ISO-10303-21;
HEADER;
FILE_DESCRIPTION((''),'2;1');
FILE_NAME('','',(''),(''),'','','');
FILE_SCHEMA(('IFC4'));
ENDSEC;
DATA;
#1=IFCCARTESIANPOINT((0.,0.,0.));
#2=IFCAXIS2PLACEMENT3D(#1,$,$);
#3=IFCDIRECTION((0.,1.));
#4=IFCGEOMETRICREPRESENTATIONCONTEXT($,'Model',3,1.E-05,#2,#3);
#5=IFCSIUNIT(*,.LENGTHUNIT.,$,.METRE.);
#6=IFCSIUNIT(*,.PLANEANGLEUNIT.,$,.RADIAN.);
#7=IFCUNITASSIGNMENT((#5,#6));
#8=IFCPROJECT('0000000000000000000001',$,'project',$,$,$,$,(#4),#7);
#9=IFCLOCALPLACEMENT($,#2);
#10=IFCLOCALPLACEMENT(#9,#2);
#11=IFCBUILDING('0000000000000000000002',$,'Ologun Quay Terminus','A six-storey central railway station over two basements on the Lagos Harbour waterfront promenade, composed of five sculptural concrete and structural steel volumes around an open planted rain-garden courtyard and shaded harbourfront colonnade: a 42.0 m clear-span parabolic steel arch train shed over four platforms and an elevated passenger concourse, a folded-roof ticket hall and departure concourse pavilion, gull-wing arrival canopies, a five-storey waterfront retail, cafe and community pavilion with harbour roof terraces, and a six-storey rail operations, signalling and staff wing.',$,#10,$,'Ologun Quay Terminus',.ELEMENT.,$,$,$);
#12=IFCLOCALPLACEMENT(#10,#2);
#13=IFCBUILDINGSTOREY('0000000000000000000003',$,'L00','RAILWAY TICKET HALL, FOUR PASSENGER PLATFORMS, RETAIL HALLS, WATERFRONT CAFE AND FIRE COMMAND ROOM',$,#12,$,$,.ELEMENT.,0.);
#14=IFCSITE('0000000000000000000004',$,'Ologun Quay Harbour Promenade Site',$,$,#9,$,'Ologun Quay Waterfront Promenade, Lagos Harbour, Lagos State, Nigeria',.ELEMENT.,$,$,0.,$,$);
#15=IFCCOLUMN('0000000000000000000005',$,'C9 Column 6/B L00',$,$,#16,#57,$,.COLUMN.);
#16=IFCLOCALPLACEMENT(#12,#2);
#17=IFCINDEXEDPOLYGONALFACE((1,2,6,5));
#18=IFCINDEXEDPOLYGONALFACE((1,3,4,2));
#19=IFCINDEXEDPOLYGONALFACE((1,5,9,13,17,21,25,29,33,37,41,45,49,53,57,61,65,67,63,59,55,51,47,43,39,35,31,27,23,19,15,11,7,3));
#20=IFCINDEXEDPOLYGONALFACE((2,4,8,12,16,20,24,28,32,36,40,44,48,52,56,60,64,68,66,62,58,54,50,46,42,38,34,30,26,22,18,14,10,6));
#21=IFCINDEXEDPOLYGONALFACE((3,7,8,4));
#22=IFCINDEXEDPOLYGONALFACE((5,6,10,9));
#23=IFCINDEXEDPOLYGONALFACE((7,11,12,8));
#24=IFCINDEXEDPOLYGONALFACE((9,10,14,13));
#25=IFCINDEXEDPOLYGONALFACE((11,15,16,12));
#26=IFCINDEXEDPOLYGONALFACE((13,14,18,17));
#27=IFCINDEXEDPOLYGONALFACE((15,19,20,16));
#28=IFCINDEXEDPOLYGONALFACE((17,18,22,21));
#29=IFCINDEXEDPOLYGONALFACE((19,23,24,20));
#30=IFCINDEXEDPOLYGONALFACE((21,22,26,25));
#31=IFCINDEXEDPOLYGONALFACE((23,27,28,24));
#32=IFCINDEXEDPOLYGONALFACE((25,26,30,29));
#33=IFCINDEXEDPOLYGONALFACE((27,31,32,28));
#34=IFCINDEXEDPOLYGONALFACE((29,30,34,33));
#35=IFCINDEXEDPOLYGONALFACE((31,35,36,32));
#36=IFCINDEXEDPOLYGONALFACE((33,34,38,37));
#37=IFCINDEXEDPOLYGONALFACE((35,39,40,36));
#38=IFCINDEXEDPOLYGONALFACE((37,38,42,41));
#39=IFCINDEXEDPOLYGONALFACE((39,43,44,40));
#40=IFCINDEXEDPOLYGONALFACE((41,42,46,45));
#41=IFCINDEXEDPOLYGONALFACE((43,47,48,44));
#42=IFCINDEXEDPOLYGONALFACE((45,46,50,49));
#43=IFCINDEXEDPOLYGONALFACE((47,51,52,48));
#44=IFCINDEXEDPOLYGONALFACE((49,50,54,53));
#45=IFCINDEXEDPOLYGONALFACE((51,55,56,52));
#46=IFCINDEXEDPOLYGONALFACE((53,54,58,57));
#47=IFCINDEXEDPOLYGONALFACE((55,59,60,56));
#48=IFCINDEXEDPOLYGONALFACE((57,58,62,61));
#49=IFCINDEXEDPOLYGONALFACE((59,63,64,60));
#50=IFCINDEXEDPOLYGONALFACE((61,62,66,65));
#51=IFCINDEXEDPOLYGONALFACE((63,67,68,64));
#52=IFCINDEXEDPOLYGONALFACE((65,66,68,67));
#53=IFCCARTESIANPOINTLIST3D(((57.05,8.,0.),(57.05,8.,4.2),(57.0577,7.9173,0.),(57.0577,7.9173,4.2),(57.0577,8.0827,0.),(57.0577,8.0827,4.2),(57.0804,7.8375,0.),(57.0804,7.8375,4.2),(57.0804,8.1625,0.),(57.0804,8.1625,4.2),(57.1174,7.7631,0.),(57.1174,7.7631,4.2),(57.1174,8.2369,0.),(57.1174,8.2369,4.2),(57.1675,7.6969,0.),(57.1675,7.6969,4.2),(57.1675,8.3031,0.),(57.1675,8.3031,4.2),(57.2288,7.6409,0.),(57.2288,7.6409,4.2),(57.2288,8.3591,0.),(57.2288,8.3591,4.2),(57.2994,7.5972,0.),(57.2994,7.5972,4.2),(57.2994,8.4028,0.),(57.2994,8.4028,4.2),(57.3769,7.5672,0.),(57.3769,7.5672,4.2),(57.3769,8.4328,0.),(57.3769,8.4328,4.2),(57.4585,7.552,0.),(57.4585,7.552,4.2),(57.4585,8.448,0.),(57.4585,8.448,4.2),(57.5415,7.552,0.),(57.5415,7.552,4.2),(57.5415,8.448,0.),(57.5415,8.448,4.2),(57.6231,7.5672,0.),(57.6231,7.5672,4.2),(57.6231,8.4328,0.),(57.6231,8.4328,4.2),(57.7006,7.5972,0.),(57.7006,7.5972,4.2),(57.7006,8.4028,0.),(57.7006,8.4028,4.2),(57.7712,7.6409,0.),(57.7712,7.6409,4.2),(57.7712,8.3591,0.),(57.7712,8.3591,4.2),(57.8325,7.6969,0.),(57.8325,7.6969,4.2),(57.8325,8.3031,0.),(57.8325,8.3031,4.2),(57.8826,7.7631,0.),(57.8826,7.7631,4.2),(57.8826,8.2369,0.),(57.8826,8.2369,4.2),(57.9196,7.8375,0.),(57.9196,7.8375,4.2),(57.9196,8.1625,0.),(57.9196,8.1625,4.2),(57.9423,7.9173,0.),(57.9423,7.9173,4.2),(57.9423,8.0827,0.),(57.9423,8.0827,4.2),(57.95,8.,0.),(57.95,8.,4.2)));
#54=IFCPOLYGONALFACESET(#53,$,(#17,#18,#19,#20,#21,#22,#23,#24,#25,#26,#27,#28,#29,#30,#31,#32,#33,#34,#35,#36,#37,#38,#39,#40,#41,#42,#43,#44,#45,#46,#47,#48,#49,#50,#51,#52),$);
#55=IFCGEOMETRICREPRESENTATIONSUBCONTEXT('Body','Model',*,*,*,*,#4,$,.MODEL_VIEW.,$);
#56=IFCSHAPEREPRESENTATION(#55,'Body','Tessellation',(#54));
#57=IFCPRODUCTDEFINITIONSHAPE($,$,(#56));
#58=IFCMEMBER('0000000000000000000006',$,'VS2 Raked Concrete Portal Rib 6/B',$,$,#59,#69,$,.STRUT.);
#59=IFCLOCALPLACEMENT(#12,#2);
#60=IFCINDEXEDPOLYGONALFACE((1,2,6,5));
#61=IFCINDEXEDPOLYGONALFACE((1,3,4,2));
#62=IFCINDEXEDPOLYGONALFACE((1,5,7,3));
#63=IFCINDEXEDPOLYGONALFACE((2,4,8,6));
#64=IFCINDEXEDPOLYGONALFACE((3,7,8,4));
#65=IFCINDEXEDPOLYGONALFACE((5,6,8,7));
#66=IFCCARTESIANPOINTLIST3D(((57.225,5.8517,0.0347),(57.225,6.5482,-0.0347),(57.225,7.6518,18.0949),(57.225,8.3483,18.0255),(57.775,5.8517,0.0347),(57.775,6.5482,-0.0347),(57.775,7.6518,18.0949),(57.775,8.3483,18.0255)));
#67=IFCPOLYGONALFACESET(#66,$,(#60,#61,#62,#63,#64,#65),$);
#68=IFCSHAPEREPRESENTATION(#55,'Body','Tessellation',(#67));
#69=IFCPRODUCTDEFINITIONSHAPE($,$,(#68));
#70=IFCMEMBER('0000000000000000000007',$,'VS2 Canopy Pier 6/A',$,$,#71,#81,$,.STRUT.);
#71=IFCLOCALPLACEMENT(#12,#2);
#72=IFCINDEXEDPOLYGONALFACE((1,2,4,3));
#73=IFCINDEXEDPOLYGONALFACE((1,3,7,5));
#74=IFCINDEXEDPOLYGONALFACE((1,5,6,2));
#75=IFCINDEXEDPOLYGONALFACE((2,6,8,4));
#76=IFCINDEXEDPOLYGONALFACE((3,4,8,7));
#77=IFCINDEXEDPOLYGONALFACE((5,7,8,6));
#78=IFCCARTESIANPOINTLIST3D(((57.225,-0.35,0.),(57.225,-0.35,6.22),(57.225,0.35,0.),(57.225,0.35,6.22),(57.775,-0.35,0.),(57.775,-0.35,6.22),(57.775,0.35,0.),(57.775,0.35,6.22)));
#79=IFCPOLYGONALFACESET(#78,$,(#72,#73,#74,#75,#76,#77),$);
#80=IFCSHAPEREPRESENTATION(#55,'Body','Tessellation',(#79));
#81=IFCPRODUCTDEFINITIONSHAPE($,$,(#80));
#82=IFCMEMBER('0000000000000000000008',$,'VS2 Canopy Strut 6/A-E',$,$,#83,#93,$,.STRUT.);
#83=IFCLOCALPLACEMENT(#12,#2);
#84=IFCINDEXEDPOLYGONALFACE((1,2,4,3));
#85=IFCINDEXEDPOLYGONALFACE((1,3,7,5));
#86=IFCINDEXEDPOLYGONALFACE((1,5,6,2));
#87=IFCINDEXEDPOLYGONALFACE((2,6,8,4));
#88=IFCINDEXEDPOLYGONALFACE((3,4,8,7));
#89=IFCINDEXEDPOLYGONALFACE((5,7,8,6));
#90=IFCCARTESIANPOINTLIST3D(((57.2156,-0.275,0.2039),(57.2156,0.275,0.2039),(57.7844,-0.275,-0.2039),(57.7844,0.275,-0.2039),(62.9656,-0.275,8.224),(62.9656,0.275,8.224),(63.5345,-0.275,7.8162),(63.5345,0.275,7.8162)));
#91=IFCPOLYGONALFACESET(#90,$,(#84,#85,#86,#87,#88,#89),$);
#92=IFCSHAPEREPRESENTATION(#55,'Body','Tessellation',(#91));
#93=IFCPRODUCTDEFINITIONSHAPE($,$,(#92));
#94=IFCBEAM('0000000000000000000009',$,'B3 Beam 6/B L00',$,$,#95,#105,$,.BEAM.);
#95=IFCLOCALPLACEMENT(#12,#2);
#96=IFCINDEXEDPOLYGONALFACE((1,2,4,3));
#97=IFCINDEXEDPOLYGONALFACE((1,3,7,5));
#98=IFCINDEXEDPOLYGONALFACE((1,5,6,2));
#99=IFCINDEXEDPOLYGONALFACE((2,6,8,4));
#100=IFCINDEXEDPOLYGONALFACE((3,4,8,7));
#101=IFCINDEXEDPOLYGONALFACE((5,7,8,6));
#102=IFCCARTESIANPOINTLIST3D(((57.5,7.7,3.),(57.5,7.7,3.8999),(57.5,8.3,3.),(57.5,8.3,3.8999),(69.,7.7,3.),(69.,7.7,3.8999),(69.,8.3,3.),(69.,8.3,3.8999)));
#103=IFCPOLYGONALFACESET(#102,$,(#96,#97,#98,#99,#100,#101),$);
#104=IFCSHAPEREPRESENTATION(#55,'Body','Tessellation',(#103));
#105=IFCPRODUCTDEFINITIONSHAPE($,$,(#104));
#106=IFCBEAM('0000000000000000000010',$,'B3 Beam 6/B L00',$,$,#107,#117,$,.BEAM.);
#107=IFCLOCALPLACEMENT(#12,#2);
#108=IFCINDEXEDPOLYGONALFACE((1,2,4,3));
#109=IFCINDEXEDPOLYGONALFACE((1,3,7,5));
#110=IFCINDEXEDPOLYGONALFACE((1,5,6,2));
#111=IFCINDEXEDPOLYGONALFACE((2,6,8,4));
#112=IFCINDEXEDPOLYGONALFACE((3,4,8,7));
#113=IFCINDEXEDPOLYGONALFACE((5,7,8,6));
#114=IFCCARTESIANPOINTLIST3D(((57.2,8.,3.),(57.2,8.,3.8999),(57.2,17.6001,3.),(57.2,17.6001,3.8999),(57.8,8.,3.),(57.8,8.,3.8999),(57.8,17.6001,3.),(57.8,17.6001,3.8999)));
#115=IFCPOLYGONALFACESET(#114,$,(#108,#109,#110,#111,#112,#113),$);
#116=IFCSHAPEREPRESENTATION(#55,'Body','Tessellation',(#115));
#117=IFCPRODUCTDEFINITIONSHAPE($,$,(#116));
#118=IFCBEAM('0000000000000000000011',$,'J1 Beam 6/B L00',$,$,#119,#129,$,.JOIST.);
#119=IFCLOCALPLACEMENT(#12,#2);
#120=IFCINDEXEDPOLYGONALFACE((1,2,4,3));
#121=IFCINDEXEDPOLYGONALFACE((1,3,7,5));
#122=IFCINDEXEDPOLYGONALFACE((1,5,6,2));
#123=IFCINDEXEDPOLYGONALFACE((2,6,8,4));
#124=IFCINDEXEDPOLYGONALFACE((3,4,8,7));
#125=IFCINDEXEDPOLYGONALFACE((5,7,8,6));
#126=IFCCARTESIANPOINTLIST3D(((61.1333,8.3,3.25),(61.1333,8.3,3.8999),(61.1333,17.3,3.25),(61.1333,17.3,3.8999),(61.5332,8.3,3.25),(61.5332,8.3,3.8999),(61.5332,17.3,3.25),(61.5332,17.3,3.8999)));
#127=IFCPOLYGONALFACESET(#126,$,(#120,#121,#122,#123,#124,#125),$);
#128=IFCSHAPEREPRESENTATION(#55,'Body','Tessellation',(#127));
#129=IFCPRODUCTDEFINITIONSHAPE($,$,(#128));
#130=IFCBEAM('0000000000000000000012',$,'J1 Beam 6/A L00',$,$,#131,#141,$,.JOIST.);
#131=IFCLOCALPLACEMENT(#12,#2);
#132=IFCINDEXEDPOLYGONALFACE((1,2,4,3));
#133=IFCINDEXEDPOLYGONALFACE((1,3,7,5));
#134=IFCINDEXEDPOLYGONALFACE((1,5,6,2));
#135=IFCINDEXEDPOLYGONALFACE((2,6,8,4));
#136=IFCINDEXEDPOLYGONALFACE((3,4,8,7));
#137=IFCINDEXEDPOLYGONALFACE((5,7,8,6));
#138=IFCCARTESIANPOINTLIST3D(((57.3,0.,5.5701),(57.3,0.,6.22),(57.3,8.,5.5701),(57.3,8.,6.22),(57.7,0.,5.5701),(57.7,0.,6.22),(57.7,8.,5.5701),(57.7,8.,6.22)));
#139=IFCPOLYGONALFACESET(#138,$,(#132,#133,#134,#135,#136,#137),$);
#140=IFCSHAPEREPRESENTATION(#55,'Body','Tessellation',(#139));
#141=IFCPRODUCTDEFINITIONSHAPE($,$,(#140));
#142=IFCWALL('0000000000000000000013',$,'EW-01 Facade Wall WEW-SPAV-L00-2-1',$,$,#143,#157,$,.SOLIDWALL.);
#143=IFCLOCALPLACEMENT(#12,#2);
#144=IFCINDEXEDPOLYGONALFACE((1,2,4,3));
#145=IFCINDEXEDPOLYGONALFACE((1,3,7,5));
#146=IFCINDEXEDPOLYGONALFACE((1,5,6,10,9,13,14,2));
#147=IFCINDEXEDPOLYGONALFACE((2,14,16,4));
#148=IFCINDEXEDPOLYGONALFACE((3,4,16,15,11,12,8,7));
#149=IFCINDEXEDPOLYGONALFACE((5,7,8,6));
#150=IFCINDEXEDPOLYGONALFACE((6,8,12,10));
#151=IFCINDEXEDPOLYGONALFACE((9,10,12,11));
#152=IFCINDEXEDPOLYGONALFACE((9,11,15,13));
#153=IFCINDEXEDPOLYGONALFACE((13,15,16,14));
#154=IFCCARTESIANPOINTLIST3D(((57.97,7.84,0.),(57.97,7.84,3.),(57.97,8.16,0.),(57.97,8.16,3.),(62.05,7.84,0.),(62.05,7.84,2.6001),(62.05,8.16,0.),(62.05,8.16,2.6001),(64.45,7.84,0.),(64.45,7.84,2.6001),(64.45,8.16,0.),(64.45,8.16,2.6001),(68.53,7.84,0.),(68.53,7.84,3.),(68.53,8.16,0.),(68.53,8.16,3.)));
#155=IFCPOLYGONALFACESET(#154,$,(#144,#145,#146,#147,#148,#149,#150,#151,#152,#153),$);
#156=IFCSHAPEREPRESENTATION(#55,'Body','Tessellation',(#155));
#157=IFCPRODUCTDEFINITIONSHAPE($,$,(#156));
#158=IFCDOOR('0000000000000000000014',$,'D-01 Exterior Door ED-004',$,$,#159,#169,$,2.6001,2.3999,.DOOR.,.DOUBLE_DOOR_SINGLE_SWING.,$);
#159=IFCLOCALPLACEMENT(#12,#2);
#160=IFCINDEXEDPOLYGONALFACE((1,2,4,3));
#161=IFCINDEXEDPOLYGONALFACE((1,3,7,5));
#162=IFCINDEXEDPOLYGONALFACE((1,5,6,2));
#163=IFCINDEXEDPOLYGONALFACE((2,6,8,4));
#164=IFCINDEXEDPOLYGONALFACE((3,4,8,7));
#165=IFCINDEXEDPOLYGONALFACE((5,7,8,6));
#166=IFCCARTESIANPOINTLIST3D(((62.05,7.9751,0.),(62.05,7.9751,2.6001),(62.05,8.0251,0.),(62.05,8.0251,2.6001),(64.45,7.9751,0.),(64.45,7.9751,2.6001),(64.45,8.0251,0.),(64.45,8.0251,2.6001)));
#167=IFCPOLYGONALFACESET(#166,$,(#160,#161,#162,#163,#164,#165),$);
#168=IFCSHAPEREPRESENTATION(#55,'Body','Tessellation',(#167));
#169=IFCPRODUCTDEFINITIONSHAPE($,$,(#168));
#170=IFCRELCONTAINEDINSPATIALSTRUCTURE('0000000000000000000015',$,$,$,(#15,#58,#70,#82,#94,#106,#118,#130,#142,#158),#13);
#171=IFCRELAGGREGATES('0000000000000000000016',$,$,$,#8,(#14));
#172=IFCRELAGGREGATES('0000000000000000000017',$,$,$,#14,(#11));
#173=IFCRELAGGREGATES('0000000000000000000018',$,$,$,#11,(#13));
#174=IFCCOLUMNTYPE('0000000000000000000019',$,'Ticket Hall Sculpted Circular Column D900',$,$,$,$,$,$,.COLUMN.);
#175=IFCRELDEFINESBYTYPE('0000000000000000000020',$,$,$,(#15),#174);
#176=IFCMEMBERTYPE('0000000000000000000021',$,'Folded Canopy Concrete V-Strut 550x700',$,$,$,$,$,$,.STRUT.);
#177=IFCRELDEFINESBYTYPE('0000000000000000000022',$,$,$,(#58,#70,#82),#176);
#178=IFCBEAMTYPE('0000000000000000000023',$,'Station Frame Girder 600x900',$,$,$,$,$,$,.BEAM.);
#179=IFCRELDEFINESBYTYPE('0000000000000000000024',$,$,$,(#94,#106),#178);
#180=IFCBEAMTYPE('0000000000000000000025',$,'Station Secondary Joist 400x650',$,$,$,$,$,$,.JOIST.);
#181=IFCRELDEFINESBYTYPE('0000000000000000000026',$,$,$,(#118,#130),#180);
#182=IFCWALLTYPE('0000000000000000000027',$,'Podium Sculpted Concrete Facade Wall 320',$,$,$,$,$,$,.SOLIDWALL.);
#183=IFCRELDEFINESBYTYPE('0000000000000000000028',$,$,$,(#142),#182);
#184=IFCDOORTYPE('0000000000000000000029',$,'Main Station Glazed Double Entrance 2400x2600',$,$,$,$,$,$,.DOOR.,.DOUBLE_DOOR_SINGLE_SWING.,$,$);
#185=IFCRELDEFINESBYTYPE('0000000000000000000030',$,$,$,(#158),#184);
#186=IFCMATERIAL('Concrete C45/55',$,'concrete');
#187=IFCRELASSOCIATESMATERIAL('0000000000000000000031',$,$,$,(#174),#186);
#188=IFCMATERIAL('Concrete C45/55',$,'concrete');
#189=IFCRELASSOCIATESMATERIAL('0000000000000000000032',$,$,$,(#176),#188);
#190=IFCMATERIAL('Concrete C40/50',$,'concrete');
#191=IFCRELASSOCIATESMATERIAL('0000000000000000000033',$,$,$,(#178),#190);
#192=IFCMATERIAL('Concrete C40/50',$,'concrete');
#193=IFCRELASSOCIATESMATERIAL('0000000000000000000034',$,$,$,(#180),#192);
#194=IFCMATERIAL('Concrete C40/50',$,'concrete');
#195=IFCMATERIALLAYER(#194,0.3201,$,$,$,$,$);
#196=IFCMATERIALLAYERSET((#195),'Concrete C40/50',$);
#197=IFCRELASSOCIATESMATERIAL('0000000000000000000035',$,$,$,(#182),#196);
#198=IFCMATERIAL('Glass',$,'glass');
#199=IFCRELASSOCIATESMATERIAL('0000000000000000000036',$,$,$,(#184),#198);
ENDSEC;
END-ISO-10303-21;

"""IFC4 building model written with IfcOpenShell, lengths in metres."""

from ifc_helpers import new_model, si_unit, direction, frame, frame_2d, origin, origin_2d, place, context, subcontext, project, spatial, rectangle, circle, extrude, material, layer, layer_set, material_profile, profile_set, type_object, element, fill, save


model = new_model("IFC4")

# Units and contexts
model_context = context("Model", 3, precision=1e-05, world=origin(), true_north=direction((0.0, 1.0)))
body_context = subcontext(model_context, "Body", "Model", "MODEL_VIEW")
ifc_project = project(units=[si_unit("LENGTHUNIT", "METRE"), si_unit("PLANEANGLEUNIT", "RADIAN")], contexts=[model_context])

# Site, building, storey
site_placement = place(None, origin())
site = spatial("IfcSite", under=ifc_project, at=site_placement, Name="Ologun Quay Harbour Promenade Site", LongName="Ologun Quay Waterfront Promenade, Lagos Harbour, Lagos State, Nigeria", CompositionType="ELEMENT", RefElevation=0.0)
building_placement = place(site_placement, origin())
building = spatial("IfcBuilding", under=site, at=building_placement, Name="Ologun Quay Terminus", Description="A six-storey central railway station over two basements on the Lagos Harbour waterfront promenade, composed of five sculptural concrete and structural steel volumes around an open planted rain-garden courtyard and shaded harbourfront colonnade: a 42.0 m clear-span parabolic steel arch train shed over four platforms and an elevated passenger concourse, a folded-roof ticket hall and departure concourse pavilion, gull-wing arrival canopies, a five-storey waterfront retail, cafe and community pavilion with harbour roof terraces, and a six-storey rail operations, signalling and staff wing.", LongName="Ologun Quay Terminus", CompositionType="ELEMENT")
storey_placement = place(building_placement, origin())
storey = spatial("IfcBuildingStorey", under=building, at=storey_placement, Name="L00", Description="RAILWAY TICKET HALL, FOUR PASSENGER PLATFORMS, RETAIL HALLS, WATERFRONT CAFE AND FIRE COMMAND ROOM", CompositionType="ELEMENT", Elevation=0.0)

# Column
ifc_material_1 = material(Name="Concrete C45/55", Category="concrete")
ifc_material_profile_1 = material_profile(ifc_material_1, circle(Radius=0.45, at=origin_2d()), Name="RC D900")
ifc_profile_set_1 = profile_set([ifc_material_profile_1], Name="Concrete C45/55")
column_type = type_object("IfcColumnType", Name="Ticket Hall Sculpted Circular Column D900", PredefinedType="COLUMN", material=ifc_profile_set_1)
column_placement = place(storey_placement, frame((57.5, 8.0, 0.0), z_axis=(0.0, 0.0, 1.0), x_axis=(1.0, 0.0, 0.0)))
element("IfcColumn", 1, at=column_placement, inside=storey, type_object=column_type, Name="C9 Column 6/B L00", PredefinedType="COLUMN", context=body_context, shape_type="SweptSolid", body=[
    extrude(circle(Radius=0.45, at=origin_2d()), origin(), (0.0, 0.0, 1.0), 4.2),
])

# Members
ifc_material_2 = material(Name="Concrete C45/55", Category="concrete")
ifc_material_profile_2 = material_profile(ifc_material_2, rectangle(XDim=0.55, YDim=0.7, at=origin_2d()), Name="RC 550x700")
ifc_profile_set_2 = profile_set([ifc_material_profile_2], Name="Concrete C45/55")
member_type = type_object("IfcMemberType", Name="Folded Canopy Concrete V-Strut 550x700", PredefinedType="STRUT", material=ifc_profile_set_2)
member_1_placement = place(storey_placement, frame((57.5, 6.2, 0.0), z_axis=(0.0, 0.099179, 0.99507), x_axis=(-1.0, 0.0, 0.0)))
element("IfcMember", 2, at=member_1_placement, inside=storey, type_object=member_type, Name="VS2 Raked Concrete Portal Rib 6/B", PredefinedType="STRUT", context=body_context, shape_type="SweptSolid", body=[
    extrude(rectangle(XDim=0.55, YDim=0.7, at=origin_2d()), origin(), (0.0, 0.0, 1.0), 18.1497),
])
member_2_placement = place(storey_placement, frame((57.5, 0.0, 0.0), z_axis=(0.0, 0.0, 1.0), x_axis=(1.0, 0.0, 0.0)))
element("IfcMember", 3, at=member_2_placement, inside=storey, type_object=member_type, Name="VS2 Canopy Pier 6/A", PredefinedType="STRUT", context=body_context, shape_type="SweptSolid", body=[
    extrude(rectangle(XDim=0.55, YDim=0.7, at=origin_2d()), origin(), (0.0, 0.0, 1.0), 6.22),
])
member_3_placement = place(storey_placement, frame((57.5, 0.0, 0.0), z_axis=(0.582674, 0.0, 0.812706), x_axis=(0.0, 1.0, 0.0)))
element("IfcMember", 4, at=member_3_placement, inside=storey, type_object=member_type, Name="VS2 Canopy Strut 6/A-E", PredefinedType="STRUT", context=body_context, shape_type="SweptSolid", body=[
    extrude(rectangle(XDim=0.55, YDim=0.7, at=origin_2d()), origin(), (0.0, 0.0, 1.0), 9.8684),
])

# Beams
ifc_material_3 = material(Name="Concrete C40/50", Category="concrete")
ifc_material_profile_3 = material_profile(ifc_material_3, rectangle(XDim=0.6001, YDim=0.8999, at=origin_2d()), Name="RC 600x900")
ifc_profile_set_3 = profile_set([ifc_material_profile_3], Name="Concrete C40/50")
beam_type_1 = type_object("IfcBeamType", Name="Station Frame Girder 600x900", PredefinedType="BEAM", material=ifc_profile_set_3)
beam_1_placement = place(storey_placement, frame((57.5, 8.0, 3.45), z_axis=(1.0, 0.0, 0.0), x_axis=(0.0, 1.0, 0.0)))
element("IfcBeam", 5, at=beam_1_placement, inside=storey, type_object=beam_type_1, Name="B3 Beam 6/B L00", PredefinedType="BEAM", context=body_context, shape_type="SweptSolid", body=[
    extrude(rectangle(XDim=0.6001, YDim=0.8999, at=origin_2d()), origin(), (0.0, 0.0, 1.0), 11.5),
])
beam_2_placement = place(storey_placement, frame((57.5, 8.0, 3.45), z_axis=(0.0, 1.0, 0.0), x_axis=(-1.0, 0.0, 0.0)))
element("IfcBeam", 6, at=beam_2_placement, inside=storey, type_object=beam_type_1, Name="B3 Beam 6/B L00", PredefinedType="BEAM", context=body_context, shape_type="SweptSolid", body=[
    extrude(rectangle(XDim=0.6001, YDim=0.8999, at=origin_2d()), origin(), (0.0, 0.0, 1.0), 9.6001),
])
ifc_material_4 = material(Name="Concrete C40/50", Category="concrete")
ifc_material_profile_4 = material_profile(ifc_material_4, rectangle(XDim=0.3999, YDim=0.6499, at=origin_2d()), Name="RC 400x650")
ifc_profile_set_4 = profile_set([ifc_material_profile_4], Name="Concrete C40/50")
beam_type_2 = type_object("IfcBeamType", Name="Station Secondary Joist 400x650", PredefinedType="JOIST", material=ifc_profile_set_4)
beam_3_placement = place(storey_placement, frame((61.3333, 8.3, 3.575), z_axis=(0.0, 1.0, 0.0), x_axis=(-1.0, 0.0, 0.0)))
element("IfcBeam", 7, at=beam_3_placement, inside=storey, type_object=beam_type_2, Name="J1 Beam 6/B L00", PredefinedType="JOIST", context=body_context, shape_type="SweptSolid", body=[
    extrude(rectangle(XDim=0.3999, YDim=0.6499, at=origin_2d()), origin(), (0.0, 0.0, 1.0), 9.0),
])
beam_4_placement = place(storey_placement, frame((57.5, 0.0, 5.895), z_axis=(0.0, 1.0, 0.0), x_axis=(-1.0, 0.0, 0.0)))
element("IfcBeam", 8, at=beam_4_placement, inside=storey, type_object=beam_type_2, Name="J1 Beam 6/A L00", PredefinedType="JOIST", context=body_context, shape_type="SweptSolid", body=[
    extrude(rectangle(XDim=0.3999, YDim=0.6499, at=origin_2d()), origin(), (0.0, 0.0, 1.0), 8.0),
])

# Wall, opening, door
ifc_material_5 = material(Name="Concrete C40/50", Category="concrete")
ifc_layer_1 = layer(ifc_material_5, 0.3201)
ifc_layer_set_1 = layer_set([ifc_layer_1], Name="Concrete C40/50")
wall_type = type_object("IfcWallType", Name="Podium Sculpted Concrete Facade Wall 320", PredefinedType="SOLIDWALL", material=ifc_layer_set_1)
wall_1_placement = place(storey_placement, frame((57.97, 8.0, 0.0), z_axis=(0.0, 0.0, 1.0), x_axis=(1.0, 0.0, 0.0)))
wall_1 = element("IfcWall", 9, at=wall_1_placement, inside=storey, type_object=wall_type, Name="EW-01 Facade Wall WEW-SPAV-L00-2-1", PredefinedType="SOLIDWALL", context=body_context, shape_type="SweptSolid", body=[
    extrude(rectangle(XDim=10.5601, YDim=0.3201, at=frame_2d((5.28, 0.0))), origin(), (0.0, 0.0, 1.0), 3.0),
])
opening_1_placement = place(wall_1_placement, frame((4.0801, 0.0, 0.0)))
opening_1 = element("IfcOpeningElement", 10, at=opening_1_placement, cuts=wall_1, PredefinedType="OPENING", context=body_context, shape_type="SweptSolid", body=[
    extrude(rectangle(XDim=2.3999, YDim=2.6001, at=frame_2d((1.2, 1.3))), frame((0.0, 0.1699, 0.0), z_axis=(0.0, -1.0, 0.0), x_axis=(1.0, 0.0, 0.0)), (0.0, 0.0, 1.0), 0.3401),
])
ifc_material_6 = material(Name="Glass", Category="glass")
door_type = type_object("IfcDoorType", Name="Main Station Glazed Double Entrance 2400x2600", OperationType="DOUBLE_DOOR_SINGLE_SWING", PredefinedType="DOOR", material=ifc_material_6)
door_placement = place(opening_1_placement, frame((1.2, 0.0, 0.0), z_axis=(0.0, 0.0, 1.0), x_axis=(-1.0, 0.0, 0.0)))
door = element("IfcDoor", 11, at=door_placement, inside=storey, type_object=door_type, Name="D-01 Exterior Door ED-004", OperationType="DOUBLE_DOOR_SINGLE_SWING", OverallHeight=2.6001, OverallWidth=2.3999, PredefinedType="DOOR", context=body_context, shape_type="SweptSolid", body=[
    extrude(rectangle(XDim=2.3999, YDim=2.6001, at=frame_2d((0.0, 1.3))), frame((0.0, 0.0249, 0.0), z_axis=(0.0, -1.0, 0.0), x_axis=(1.0, 0.0, 0.0)), (0.0, 0.0, 1.0), 0.05),
])
fill(opening_1, door)

save(model, "model.ifc")
